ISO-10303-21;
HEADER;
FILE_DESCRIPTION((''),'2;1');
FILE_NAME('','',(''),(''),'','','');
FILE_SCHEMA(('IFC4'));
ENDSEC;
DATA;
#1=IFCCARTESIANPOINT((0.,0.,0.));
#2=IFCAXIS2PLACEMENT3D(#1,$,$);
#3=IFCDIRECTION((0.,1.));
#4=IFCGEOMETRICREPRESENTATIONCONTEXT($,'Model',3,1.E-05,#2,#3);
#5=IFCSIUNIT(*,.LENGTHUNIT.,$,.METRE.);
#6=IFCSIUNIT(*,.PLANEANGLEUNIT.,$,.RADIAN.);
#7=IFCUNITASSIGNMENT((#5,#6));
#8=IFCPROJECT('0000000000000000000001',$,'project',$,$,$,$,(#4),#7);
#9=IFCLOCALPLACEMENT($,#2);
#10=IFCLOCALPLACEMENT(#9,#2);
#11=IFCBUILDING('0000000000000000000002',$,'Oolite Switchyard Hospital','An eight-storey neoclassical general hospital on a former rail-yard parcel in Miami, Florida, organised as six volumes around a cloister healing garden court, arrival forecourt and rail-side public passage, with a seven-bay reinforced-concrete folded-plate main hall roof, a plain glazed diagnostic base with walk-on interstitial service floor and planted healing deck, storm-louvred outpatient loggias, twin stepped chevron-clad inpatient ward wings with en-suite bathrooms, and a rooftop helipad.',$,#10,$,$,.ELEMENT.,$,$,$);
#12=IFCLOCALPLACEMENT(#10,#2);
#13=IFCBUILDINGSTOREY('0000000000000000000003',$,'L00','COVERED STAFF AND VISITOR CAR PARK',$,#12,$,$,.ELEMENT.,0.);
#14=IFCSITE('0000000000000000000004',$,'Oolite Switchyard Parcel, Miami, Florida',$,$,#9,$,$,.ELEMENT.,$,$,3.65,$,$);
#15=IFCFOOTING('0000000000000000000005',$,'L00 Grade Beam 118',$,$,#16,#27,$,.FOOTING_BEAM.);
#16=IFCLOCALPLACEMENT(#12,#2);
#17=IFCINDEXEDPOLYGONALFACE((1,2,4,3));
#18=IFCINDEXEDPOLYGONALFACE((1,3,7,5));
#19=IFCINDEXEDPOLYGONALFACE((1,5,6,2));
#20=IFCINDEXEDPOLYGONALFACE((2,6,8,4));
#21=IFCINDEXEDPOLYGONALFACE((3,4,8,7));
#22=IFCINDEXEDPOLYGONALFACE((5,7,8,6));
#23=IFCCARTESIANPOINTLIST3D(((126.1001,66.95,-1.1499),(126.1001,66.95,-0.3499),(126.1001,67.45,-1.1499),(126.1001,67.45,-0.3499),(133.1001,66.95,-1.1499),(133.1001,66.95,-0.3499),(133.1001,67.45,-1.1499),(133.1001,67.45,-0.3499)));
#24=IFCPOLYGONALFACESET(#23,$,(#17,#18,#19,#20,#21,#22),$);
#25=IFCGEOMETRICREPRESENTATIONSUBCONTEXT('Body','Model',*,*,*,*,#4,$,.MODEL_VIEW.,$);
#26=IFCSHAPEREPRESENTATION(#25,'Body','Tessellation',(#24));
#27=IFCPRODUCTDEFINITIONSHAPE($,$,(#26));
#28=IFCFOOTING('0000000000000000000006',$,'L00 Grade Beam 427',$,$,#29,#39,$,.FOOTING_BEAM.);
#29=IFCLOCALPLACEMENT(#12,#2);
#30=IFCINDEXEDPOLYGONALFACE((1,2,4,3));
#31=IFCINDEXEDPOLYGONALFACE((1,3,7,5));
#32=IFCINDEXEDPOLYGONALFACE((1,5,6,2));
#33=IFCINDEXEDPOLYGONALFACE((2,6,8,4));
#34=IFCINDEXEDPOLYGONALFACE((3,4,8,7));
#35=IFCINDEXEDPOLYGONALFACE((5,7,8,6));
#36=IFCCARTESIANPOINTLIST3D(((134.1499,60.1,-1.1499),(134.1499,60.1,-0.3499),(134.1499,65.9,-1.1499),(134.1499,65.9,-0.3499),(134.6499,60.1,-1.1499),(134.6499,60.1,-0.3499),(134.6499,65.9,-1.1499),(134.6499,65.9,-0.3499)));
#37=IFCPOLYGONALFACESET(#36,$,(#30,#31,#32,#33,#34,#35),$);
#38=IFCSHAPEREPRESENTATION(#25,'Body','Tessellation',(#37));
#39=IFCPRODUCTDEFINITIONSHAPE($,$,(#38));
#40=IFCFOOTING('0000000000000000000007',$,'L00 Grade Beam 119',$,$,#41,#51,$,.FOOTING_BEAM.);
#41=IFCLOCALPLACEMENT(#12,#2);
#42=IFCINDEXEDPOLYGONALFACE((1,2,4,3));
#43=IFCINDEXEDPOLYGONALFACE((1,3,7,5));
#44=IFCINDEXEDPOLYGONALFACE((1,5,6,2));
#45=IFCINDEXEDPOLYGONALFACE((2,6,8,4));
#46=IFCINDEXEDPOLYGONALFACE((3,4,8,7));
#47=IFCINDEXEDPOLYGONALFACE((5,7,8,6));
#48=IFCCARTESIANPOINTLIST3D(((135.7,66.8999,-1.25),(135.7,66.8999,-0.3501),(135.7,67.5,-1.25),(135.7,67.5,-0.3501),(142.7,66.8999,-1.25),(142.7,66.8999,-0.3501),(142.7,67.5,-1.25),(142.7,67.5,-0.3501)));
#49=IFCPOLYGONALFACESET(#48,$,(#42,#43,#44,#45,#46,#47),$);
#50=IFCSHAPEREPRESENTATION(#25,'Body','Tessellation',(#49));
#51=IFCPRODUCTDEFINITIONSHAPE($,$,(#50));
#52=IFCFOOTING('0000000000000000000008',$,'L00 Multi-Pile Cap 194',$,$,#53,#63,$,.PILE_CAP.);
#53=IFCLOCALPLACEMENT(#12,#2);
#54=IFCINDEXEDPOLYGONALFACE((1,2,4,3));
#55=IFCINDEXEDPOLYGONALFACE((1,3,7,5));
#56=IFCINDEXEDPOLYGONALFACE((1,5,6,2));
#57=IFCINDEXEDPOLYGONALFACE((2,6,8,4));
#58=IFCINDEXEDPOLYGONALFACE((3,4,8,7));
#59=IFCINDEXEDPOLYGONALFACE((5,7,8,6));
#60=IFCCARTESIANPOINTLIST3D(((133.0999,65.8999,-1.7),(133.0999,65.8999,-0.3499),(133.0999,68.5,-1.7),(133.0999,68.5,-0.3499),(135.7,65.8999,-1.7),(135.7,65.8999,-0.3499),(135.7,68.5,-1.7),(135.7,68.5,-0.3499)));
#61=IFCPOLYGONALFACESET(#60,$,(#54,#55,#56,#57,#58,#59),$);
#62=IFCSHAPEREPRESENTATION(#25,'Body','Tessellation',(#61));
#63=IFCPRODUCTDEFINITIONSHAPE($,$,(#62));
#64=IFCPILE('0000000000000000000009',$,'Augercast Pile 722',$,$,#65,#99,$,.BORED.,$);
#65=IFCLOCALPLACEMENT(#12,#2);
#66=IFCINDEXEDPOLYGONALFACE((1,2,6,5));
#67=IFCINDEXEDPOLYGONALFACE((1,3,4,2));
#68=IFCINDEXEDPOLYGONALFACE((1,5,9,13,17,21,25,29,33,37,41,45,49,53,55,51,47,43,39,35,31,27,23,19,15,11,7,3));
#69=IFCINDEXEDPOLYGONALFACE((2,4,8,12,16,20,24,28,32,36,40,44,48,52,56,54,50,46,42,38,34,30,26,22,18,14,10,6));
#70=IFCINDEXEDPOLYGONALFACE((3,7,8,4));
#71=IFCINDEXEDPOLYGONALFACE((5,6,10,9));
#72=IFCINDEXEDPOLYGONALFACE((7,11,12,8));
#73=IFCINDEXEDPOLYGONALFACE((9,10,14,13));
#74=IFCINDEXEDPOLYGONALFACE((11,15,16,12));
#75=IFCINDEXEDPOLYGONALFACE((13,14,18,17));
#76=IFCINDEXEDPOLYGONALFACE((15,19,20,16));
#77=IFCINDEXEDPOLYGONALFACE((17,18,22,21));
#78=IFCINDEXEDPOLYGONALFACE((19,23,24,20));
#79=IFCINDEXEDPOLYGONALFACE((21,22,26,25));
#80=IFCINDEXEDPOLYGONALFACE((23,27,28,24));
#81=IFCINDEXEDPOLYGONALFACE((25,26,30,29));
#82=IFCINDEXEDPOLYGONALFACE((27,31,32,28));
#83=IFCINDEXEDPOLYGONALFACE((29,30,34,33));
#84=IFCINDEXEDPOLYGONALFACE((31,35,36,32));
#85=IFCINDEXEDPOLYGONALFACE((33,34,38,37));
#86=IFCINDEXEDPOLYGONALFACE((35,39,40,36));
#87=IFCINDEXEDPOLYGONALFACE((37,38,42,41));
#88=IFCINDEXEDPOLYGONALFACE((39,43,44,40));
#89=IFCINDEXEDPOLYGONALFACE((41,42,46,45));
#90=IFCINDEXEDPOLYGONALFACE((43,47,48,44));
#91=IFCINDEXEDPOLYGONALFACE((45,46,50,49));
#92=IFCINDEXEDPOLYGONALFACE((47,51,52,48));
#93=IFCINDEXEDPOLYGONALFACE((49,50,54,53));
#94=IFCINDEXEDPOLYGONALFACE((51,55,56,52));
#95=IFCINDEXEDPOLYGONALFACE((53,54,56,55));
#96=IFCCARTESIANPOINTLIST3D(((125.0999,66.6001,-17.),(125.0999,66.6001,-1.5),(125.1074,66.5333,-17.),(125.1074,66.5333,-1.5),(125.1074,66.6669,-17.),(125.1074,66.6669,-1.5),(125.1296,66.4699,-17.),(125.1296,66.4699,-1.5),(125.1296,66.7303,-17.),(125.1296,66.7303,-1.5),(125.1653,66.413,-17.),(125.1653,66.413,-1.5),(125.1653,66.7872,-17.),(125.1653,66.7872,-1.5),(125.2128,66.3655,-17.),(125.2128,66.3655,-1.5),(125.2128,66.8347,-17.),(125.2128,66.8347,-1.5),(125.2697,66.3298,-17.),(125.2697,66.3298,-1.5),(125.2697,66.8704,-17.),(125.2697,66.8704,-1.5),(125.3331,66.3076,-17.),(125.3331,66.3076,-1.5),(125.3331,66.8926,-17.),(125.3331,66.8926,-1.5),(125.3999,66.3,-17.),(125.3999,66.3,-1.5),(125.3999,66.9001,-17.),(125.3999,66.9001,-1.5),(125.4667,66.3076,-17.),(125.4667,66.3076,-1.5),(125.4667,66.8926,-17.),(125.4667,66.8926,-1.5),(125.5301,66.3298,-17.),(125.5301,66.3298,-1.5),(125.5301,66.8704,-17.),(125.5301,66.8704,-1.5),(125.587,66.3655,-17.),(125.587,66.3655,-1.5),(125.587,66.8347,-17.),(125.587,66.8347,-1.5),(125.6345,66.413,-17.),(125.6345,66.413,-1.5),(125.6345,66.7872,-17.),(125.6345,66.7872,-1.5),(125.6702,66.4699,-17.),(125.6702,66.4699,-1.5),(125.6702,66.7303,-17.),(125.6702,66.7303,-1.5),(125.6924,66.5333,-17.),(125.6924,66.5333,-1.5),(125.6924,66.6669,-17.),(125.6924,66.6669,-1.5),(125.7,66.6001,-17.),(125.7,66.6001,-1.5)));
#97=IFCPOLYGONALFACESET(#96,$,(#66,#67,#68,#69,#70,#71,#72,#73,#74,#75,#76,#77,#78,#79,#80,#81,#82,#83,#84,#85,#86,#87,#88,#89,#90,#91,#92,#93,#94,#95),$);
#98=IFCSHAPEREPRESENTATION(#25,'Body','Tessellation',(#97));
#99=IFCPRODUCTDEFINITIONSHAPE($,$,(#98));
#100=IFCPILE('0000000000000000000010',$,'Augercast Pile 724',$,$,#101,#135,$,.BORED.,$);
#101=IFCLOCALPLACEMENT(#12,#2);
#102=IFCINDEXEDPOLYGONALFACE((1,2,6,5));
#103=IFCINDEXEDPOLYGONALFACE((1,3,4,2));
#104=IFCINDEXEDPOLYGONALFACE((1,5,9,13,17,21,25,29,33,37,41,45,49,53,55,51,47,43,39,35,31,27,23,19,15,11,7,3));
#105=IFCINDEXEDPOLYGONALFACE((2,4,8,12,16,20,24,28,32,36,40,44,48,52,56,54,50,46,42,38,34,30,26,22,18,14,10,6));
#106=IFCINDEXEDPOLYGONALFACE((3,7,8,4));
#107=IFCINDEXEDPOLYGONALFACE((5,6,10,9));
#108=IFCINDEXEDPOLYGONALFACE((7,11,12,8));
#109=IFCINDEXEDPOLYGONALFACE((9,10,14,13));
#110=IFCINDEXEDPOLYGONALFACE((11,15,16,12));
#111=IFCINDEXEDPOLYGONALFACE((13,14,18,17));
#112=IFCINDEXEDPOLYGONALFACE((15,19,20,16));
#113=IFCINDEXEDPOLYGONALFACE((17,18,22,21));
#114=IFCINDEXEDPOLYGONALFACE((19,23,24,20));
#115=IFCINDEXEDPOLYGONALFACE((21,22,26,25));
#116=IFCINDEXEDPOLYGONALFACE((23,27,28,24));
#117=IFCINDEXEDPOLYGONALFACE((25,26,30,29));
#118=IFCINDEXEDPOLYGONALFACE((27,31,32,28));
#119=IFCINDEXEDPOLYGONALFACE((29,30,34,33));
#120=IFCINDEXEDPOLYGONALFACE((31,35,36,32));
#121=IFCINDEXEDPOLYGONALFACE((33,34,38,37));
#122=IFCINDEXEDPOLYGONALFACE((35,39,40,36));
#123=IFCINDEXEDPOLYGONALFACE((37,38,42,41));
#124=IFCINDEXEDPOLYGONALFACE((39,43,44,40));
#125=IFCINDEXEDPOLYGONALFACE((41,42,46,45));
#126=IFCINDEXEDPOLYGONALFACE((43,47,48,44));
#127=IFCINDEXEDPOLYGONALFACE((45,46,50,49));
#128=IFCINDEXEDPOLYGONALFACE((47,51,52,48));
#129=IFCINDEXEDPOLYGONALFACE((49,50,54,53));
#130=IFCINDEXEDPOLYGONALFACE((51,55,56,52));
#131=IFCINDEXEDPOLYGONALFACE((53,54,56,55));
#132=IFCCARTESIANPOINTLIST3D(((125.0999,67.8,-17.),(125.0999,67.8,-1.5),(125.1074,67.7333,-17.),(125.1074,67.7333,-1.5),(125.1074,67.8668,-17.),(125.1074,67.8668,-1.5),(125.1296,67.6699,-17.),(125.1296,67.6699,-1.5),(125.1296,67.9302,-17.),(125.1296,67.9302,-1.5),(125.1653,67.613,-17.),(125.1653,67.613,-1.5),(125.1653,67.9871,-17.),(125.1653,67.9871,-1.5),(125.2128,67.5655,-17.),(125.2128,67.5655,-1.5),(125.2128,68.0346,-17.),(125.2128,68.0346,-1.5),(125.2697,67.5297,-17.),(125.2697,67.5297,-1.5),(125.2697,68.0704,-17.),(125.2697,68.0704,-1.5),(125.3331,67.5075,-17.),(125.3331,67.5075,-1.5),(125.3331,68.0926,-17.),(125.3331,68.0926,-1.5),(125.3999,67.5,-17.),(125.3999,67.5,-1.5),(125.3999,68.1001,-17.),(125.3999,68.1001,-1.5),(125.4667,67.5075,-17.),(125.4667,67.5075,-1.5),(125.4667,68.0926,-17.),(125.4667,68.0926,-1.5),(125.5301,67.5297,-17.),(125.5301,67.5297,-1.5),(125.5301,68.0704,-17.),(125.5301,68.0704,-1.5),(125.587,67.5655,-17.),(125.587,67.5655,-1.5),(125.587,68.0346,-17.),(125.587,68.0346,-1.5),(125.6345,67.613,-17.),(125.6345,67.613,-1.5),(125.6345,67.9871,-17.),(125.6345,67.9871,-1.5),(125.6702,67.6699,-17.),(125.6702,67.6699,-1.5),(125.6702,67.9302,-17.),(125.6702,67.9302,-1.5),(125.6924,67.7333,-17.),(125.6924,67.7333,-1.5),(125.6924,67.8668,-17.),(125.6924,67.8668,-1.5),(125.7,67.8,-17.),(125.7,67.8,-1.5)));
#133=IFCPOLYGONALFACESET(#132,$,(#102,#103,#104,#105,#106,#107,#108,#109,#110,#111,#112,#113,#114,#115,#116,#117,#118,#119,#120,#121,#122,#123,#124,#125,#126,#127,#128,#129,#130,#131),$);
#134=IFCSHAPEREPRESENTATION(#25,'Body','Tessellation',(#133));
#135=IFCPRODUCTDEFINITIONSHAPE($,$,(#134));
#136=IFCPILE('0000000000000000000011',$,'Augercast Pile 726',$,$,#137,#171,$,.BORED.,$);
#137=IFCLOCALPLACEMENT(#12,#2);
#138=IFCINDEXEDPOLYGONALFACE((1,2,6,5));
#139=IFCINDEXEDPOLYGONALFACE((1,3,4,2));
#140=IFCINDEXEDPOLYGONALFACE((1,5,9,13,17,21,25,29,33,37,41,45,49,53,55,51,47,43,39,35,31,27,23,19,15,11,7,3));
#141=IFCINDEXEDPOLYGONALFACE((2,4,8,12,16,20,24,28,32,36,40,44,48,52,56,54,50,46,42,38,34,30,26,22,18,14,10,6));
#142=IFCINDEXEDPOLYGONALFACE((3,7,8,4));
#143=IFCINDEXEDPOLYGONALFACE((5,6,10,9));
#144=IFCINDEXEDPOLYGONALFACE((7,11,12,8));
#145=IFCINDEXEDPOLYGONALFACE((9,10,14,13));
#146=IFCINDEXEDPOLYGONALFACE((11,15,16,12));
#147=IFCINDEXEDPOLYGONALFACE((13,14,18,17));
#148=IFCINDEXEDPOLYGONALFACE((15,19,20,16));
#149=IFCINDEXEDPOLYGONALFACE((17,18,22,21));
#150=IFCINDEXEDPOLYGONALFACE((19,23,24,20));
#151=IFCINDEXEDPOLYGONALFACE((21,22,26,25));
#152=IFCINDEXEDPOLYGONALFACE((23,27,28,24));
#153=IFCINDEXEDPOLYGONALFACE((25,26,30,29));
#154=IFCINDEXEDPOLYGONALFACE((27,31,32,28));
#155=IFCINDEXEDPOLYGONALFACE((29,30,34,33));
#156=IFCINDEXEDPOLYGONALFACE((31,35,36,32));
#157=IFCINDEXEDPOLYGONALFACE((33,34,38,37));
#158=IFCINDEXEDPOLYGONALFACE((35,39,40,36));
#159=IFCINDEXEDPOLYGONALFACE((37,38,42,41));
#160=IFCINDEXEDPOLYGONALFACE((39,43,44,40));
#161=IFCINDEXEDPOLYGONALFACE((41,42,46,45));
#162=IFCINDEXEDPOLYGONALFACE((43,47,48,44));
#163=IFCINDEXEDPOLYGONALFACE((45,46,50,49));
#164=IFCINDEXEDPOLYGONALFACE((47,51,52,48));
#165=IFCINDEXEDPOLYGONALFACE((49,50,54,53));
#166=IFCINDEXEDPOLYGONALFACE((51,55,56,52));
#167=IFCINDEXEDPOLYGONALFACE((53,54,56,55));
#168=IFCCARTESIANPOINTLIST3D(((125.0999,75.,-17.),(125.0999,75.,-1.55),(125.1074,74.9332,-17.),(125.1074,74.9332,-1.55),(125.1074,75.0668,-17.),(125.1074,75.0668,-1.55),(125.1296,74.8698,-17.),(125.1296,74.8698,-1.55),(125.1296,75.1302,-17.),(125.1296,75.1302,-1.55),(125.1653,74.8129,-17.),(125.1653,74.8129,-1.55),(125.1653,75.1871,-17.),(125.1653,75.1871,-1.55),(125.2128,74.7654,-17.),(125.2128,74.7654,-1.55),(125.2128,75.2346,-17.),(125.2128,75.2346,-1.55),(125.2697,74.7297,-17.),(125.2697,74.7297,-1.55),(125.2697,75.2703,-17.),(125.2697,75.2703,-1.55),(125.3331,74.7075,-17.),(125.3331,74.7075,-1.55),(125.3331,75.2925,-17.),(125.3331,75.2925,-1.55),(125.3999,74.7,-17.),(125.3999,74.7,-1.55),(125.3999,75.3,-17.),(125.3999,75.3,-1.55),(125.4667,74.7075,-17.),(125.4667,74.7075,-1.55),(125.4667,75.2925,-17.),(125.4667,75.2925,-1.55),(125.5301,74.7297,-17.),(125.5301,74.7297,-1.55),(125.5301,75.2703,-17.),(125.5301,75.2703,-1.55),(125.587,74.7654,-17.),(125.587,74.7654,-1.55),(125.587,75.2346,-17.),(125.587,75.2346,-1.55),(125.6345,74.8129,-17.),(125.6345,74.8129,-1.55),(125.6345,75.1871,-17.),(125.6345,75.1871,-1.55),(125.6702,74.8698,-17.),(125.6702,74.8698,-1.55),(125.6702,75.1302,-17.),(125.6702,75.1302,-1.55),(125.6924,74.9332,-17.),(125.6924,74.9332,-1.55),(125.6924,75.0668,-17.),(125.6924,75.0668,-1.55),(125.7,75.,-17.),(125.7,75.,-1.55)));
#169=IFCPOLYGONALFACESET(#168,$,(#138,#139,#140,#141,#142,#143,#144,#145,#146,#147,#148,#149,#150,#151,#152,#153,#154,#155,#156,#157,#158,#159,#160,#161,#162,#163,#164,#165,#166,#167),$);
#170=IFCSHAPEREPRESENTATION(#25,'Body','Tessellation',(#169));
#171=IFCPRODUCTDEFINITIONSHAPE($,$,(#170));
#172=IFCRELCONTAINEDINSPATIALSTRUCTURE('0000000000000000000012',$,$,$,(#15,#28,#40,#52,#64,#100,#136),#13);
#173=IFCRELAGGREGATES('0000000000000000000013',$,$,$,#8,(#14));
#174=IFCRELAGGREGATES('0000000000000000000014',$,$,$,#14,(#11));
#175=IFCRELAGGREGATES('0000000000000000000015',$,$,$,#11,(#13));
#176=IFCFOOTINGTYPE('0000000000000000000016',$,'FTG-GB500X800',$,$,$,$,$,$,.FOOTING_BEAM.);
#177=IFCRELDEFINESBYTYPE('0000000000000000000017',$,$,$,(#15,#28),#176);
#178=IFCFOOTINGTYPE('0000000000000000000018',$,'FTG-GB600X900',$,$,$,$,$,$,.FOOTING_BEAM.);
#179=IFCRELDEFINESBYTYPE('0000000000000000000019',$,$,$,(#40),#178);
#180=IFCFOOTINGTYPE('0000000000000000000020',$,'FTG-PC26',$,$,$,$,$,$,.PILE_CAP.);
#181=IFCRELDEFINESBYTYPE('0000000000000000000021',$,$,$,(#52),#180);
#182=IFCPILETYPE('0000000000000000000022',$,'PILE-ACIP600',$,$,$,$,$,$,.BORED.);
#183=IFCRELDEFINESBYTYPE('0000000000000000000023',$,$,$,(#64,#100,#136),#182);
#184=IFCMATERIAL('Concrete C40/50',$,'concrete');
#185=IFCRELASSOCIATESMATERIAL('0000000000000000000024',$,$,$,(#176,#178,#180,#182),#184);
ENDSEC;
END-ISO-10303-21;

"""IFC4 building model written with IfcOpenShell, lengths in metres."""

from ifc_helpers import new_model, si_unit, direction, frame, origin, origin_2d, place, context, subcontext, project, spatial, rectangle, circle, extrude, material, material_profile, profile_set, type_object, element, save


model = new_model("IFC4")

# Units and contexts
model_context = context("Model", 3, precision=1e-05, world=origin(), true_north=direction((0.0, 1.0)))
body_context = subcontext(model_context, "Body", "Model", "MODEL_VIEW")
ifc_project = project(units=[si_unit("LENGTHUNIT", "METRE"), si_unit("PLANEANGLEUNIT", "RADIAN")], contexts=[model_context])

# Site, building, storey
site_placement = place(None, origin())
site = spatial("IfcSite", under=ifc_project, at=site_placement, Name="Oolite Switchyard Parcel, Miami, Florida", CompositionType="ELEMENT", RefElevation=3.65)
building_placement = place(site_placement, origin())
building = spatial("IfcBuilding", under=site, at=building_placement, Name="Oolite Switchyard Hospital", Description="An eight-storey neoclassical general hospital on a former rail-yard parcel in Miami, Florida, organised as six volumes around a cloister healing garden court, arrival forecourt and rail-side public passage, with a seven-bay reinforced-concrete folded-plate main hall roof, a plain glazed diagnostic base with walk-on interstitial service floor and planted healing deck, storm-louvred outpatient loggias, twin stepped chevron-clad inpatient ward wings with en-suite bathrooms, and a rooftop helipad.", CompositionType="ELEMENT")
storey_placement = place(building_placement, origin())
storey = spatial("IfcBuildingStorey", under=building, at=storey_placement, Name="L00", Description="COVERED STAFF AND VISITOR CAR PARK", CompositionType="ELEMENT", Elevation=0.0)

# Footings
ifc_material_1 = material(Name="Concrete C40/50", Category="concrete")
footing_type_1 = type_object("IfcFootingType", Name="FTG-GB500X800", PredefinedType="FOOTING_BEAM", material=ifc_material_1)
footing_1_placement = place(storey_placement, frame((129.6001, 67.2, -1.1499), z_axis=(0.0, 0.0, 1.0), x_axis=(1.0, 0.0, 0.0)))
element("IfcFooting", 1, at=footing_1_placement, inside=storey, type_object=footing_type_1, Name="L00 Grade Beam 118", PredefinedType="FOOTING_BEAM", context=body_context, shape_type="SweptSolid", body=[
    extrude(rectangle(XDim=7.0, YDim=0.5, at=origin_2d()), origin(), (0.0, 0.0, 1.0), 0.8),
])
footing_2_placement = place(storey_placement, frame((134.3999, 63.0, -1.1499), z_axis=(0.0, 0.0, 1.0), x_axis=(0.0, 1.0, 0.0)))
element("IfcFooting", 2, at=footing_2_placement, inside=storey, type_object=footing_type_1, Name="L00 Grade Beam 427", PredefinedType="FOOTING_BEAM", context=body_context, shape_type="SweptSolid", body=[
    extrude(rectangle(XDim=5.8, YDim=0.5, at=origin_2d()), origin(), (0.0, 0.0, 1.0), 0.8),
])
footing_type_2 = type_object("IfcFootingType", Name="FTG-GB600X900", PredefinedType="FOOTING_BEAM", material=ifc_material_1)
footing_3_placement = place(storey_placement, frame((139.2, 67.2, -1.25), z_axis=(0.0, 0.0, 1.0), x_axis=(1.0, 0.0, 0.0)))
element("IfcFooting", 3, at=footing_3_placement, inside=storey, type_object=footing_type_2, Name="L00 Grade Beam 119", PredefinedType="FOOTING_BEAM", context=body_context, shape_type="SweptSolid", body=[
    extrude(rectangle(XDim=7.0, YDim=0.6001, at=origin_2d()), origin(), (0.0, 0.0, 1.0), 0.8999),
])
footing_type_3 = type_object("IfcFootingType", Name="FTG-PC26", PredefinedType="PILE_CAP", material=ifc_material_1)
footing_4_placement = place(storey_placement, frame((134.3999, 67.2, -1.7), z_axis=(0.0, 0.0, 1.0), x_axis=(1.0, 0.0, 0.0)))
element("IfcFooting", 4, at=footing_4_placement, inside=storey, type_object=footing_type_3, Name="L00 Multi-Pile Cap 194", PredefinedType="PILE_CAP", context=body_context, shape_type="SweptSolid", body=[
    extrude(rectangle(XDim=2.6001, YDim=2.6001, at=origin_2d()), origin(), (0.0, 0.0, 1.0), 1.3501),
])

# Piles
ifc_material_profile_1 = material_profile(ifc_material_1, circle(Radius=0.3, at=origin_2d()), Name="PILE600")
ifc_profile_set_1 = profile_set([ifc_material_profile_1], Name="Concrete C40/50")
pile_type = type_object("IfcPileType", Name="PILE-ACIP600", PredefinedType="BORED", material=ifc_profile_set_1)
for number, where, z_axis, x_axis, name in (
    (5, (125.3999, 66.6001, -1.5), (0.0, 0.0, -1.0), (1.0, 0.0, 0.0), "Augercast Pile 722"),
    (6, (125.3999, 67.8, -1.5), (0.0, 0.0, -1.0), (1.0, 0.0, 0.0), "Augercast Pile 724"),
):
    element("IfcPile", number, at=place(storey_placement, frame(where, z_axis=z_axis, x_axis=x_axis)), inside=storey, type_object=pile_type, Name=name, PredefinedType="BORED", context=body_context, shape_type="SweptSolid", body=[
        extrude(circle(Radius=0.3, at=origin_2d()), origin(), (0.0, 0.0, 1.0), 15.5),
    ])
for number, where, z_axis, x_axis, name in (
    (7, (125.3999, 75.0, -1.55), (0.0, 0.0, -1.0), (1.0, 0.0, 0.0), "Augercast Pile 726"),
):
    element("IfcPile", number, at=place(storey_placement, frame(where, z_axis=z_axis, x_axis=x_axis)), inside=storey, type_object=pile_type, Name=name, PredefinedType="BORED", context=body_context, shape_type="SweptSolid", body=[
        extrude(circle(Radius=0.3, at=origin_2d()), origin(), (0.0, 0.0, 1.0), 15.45),
    ])

save(model, "model.ifc")
